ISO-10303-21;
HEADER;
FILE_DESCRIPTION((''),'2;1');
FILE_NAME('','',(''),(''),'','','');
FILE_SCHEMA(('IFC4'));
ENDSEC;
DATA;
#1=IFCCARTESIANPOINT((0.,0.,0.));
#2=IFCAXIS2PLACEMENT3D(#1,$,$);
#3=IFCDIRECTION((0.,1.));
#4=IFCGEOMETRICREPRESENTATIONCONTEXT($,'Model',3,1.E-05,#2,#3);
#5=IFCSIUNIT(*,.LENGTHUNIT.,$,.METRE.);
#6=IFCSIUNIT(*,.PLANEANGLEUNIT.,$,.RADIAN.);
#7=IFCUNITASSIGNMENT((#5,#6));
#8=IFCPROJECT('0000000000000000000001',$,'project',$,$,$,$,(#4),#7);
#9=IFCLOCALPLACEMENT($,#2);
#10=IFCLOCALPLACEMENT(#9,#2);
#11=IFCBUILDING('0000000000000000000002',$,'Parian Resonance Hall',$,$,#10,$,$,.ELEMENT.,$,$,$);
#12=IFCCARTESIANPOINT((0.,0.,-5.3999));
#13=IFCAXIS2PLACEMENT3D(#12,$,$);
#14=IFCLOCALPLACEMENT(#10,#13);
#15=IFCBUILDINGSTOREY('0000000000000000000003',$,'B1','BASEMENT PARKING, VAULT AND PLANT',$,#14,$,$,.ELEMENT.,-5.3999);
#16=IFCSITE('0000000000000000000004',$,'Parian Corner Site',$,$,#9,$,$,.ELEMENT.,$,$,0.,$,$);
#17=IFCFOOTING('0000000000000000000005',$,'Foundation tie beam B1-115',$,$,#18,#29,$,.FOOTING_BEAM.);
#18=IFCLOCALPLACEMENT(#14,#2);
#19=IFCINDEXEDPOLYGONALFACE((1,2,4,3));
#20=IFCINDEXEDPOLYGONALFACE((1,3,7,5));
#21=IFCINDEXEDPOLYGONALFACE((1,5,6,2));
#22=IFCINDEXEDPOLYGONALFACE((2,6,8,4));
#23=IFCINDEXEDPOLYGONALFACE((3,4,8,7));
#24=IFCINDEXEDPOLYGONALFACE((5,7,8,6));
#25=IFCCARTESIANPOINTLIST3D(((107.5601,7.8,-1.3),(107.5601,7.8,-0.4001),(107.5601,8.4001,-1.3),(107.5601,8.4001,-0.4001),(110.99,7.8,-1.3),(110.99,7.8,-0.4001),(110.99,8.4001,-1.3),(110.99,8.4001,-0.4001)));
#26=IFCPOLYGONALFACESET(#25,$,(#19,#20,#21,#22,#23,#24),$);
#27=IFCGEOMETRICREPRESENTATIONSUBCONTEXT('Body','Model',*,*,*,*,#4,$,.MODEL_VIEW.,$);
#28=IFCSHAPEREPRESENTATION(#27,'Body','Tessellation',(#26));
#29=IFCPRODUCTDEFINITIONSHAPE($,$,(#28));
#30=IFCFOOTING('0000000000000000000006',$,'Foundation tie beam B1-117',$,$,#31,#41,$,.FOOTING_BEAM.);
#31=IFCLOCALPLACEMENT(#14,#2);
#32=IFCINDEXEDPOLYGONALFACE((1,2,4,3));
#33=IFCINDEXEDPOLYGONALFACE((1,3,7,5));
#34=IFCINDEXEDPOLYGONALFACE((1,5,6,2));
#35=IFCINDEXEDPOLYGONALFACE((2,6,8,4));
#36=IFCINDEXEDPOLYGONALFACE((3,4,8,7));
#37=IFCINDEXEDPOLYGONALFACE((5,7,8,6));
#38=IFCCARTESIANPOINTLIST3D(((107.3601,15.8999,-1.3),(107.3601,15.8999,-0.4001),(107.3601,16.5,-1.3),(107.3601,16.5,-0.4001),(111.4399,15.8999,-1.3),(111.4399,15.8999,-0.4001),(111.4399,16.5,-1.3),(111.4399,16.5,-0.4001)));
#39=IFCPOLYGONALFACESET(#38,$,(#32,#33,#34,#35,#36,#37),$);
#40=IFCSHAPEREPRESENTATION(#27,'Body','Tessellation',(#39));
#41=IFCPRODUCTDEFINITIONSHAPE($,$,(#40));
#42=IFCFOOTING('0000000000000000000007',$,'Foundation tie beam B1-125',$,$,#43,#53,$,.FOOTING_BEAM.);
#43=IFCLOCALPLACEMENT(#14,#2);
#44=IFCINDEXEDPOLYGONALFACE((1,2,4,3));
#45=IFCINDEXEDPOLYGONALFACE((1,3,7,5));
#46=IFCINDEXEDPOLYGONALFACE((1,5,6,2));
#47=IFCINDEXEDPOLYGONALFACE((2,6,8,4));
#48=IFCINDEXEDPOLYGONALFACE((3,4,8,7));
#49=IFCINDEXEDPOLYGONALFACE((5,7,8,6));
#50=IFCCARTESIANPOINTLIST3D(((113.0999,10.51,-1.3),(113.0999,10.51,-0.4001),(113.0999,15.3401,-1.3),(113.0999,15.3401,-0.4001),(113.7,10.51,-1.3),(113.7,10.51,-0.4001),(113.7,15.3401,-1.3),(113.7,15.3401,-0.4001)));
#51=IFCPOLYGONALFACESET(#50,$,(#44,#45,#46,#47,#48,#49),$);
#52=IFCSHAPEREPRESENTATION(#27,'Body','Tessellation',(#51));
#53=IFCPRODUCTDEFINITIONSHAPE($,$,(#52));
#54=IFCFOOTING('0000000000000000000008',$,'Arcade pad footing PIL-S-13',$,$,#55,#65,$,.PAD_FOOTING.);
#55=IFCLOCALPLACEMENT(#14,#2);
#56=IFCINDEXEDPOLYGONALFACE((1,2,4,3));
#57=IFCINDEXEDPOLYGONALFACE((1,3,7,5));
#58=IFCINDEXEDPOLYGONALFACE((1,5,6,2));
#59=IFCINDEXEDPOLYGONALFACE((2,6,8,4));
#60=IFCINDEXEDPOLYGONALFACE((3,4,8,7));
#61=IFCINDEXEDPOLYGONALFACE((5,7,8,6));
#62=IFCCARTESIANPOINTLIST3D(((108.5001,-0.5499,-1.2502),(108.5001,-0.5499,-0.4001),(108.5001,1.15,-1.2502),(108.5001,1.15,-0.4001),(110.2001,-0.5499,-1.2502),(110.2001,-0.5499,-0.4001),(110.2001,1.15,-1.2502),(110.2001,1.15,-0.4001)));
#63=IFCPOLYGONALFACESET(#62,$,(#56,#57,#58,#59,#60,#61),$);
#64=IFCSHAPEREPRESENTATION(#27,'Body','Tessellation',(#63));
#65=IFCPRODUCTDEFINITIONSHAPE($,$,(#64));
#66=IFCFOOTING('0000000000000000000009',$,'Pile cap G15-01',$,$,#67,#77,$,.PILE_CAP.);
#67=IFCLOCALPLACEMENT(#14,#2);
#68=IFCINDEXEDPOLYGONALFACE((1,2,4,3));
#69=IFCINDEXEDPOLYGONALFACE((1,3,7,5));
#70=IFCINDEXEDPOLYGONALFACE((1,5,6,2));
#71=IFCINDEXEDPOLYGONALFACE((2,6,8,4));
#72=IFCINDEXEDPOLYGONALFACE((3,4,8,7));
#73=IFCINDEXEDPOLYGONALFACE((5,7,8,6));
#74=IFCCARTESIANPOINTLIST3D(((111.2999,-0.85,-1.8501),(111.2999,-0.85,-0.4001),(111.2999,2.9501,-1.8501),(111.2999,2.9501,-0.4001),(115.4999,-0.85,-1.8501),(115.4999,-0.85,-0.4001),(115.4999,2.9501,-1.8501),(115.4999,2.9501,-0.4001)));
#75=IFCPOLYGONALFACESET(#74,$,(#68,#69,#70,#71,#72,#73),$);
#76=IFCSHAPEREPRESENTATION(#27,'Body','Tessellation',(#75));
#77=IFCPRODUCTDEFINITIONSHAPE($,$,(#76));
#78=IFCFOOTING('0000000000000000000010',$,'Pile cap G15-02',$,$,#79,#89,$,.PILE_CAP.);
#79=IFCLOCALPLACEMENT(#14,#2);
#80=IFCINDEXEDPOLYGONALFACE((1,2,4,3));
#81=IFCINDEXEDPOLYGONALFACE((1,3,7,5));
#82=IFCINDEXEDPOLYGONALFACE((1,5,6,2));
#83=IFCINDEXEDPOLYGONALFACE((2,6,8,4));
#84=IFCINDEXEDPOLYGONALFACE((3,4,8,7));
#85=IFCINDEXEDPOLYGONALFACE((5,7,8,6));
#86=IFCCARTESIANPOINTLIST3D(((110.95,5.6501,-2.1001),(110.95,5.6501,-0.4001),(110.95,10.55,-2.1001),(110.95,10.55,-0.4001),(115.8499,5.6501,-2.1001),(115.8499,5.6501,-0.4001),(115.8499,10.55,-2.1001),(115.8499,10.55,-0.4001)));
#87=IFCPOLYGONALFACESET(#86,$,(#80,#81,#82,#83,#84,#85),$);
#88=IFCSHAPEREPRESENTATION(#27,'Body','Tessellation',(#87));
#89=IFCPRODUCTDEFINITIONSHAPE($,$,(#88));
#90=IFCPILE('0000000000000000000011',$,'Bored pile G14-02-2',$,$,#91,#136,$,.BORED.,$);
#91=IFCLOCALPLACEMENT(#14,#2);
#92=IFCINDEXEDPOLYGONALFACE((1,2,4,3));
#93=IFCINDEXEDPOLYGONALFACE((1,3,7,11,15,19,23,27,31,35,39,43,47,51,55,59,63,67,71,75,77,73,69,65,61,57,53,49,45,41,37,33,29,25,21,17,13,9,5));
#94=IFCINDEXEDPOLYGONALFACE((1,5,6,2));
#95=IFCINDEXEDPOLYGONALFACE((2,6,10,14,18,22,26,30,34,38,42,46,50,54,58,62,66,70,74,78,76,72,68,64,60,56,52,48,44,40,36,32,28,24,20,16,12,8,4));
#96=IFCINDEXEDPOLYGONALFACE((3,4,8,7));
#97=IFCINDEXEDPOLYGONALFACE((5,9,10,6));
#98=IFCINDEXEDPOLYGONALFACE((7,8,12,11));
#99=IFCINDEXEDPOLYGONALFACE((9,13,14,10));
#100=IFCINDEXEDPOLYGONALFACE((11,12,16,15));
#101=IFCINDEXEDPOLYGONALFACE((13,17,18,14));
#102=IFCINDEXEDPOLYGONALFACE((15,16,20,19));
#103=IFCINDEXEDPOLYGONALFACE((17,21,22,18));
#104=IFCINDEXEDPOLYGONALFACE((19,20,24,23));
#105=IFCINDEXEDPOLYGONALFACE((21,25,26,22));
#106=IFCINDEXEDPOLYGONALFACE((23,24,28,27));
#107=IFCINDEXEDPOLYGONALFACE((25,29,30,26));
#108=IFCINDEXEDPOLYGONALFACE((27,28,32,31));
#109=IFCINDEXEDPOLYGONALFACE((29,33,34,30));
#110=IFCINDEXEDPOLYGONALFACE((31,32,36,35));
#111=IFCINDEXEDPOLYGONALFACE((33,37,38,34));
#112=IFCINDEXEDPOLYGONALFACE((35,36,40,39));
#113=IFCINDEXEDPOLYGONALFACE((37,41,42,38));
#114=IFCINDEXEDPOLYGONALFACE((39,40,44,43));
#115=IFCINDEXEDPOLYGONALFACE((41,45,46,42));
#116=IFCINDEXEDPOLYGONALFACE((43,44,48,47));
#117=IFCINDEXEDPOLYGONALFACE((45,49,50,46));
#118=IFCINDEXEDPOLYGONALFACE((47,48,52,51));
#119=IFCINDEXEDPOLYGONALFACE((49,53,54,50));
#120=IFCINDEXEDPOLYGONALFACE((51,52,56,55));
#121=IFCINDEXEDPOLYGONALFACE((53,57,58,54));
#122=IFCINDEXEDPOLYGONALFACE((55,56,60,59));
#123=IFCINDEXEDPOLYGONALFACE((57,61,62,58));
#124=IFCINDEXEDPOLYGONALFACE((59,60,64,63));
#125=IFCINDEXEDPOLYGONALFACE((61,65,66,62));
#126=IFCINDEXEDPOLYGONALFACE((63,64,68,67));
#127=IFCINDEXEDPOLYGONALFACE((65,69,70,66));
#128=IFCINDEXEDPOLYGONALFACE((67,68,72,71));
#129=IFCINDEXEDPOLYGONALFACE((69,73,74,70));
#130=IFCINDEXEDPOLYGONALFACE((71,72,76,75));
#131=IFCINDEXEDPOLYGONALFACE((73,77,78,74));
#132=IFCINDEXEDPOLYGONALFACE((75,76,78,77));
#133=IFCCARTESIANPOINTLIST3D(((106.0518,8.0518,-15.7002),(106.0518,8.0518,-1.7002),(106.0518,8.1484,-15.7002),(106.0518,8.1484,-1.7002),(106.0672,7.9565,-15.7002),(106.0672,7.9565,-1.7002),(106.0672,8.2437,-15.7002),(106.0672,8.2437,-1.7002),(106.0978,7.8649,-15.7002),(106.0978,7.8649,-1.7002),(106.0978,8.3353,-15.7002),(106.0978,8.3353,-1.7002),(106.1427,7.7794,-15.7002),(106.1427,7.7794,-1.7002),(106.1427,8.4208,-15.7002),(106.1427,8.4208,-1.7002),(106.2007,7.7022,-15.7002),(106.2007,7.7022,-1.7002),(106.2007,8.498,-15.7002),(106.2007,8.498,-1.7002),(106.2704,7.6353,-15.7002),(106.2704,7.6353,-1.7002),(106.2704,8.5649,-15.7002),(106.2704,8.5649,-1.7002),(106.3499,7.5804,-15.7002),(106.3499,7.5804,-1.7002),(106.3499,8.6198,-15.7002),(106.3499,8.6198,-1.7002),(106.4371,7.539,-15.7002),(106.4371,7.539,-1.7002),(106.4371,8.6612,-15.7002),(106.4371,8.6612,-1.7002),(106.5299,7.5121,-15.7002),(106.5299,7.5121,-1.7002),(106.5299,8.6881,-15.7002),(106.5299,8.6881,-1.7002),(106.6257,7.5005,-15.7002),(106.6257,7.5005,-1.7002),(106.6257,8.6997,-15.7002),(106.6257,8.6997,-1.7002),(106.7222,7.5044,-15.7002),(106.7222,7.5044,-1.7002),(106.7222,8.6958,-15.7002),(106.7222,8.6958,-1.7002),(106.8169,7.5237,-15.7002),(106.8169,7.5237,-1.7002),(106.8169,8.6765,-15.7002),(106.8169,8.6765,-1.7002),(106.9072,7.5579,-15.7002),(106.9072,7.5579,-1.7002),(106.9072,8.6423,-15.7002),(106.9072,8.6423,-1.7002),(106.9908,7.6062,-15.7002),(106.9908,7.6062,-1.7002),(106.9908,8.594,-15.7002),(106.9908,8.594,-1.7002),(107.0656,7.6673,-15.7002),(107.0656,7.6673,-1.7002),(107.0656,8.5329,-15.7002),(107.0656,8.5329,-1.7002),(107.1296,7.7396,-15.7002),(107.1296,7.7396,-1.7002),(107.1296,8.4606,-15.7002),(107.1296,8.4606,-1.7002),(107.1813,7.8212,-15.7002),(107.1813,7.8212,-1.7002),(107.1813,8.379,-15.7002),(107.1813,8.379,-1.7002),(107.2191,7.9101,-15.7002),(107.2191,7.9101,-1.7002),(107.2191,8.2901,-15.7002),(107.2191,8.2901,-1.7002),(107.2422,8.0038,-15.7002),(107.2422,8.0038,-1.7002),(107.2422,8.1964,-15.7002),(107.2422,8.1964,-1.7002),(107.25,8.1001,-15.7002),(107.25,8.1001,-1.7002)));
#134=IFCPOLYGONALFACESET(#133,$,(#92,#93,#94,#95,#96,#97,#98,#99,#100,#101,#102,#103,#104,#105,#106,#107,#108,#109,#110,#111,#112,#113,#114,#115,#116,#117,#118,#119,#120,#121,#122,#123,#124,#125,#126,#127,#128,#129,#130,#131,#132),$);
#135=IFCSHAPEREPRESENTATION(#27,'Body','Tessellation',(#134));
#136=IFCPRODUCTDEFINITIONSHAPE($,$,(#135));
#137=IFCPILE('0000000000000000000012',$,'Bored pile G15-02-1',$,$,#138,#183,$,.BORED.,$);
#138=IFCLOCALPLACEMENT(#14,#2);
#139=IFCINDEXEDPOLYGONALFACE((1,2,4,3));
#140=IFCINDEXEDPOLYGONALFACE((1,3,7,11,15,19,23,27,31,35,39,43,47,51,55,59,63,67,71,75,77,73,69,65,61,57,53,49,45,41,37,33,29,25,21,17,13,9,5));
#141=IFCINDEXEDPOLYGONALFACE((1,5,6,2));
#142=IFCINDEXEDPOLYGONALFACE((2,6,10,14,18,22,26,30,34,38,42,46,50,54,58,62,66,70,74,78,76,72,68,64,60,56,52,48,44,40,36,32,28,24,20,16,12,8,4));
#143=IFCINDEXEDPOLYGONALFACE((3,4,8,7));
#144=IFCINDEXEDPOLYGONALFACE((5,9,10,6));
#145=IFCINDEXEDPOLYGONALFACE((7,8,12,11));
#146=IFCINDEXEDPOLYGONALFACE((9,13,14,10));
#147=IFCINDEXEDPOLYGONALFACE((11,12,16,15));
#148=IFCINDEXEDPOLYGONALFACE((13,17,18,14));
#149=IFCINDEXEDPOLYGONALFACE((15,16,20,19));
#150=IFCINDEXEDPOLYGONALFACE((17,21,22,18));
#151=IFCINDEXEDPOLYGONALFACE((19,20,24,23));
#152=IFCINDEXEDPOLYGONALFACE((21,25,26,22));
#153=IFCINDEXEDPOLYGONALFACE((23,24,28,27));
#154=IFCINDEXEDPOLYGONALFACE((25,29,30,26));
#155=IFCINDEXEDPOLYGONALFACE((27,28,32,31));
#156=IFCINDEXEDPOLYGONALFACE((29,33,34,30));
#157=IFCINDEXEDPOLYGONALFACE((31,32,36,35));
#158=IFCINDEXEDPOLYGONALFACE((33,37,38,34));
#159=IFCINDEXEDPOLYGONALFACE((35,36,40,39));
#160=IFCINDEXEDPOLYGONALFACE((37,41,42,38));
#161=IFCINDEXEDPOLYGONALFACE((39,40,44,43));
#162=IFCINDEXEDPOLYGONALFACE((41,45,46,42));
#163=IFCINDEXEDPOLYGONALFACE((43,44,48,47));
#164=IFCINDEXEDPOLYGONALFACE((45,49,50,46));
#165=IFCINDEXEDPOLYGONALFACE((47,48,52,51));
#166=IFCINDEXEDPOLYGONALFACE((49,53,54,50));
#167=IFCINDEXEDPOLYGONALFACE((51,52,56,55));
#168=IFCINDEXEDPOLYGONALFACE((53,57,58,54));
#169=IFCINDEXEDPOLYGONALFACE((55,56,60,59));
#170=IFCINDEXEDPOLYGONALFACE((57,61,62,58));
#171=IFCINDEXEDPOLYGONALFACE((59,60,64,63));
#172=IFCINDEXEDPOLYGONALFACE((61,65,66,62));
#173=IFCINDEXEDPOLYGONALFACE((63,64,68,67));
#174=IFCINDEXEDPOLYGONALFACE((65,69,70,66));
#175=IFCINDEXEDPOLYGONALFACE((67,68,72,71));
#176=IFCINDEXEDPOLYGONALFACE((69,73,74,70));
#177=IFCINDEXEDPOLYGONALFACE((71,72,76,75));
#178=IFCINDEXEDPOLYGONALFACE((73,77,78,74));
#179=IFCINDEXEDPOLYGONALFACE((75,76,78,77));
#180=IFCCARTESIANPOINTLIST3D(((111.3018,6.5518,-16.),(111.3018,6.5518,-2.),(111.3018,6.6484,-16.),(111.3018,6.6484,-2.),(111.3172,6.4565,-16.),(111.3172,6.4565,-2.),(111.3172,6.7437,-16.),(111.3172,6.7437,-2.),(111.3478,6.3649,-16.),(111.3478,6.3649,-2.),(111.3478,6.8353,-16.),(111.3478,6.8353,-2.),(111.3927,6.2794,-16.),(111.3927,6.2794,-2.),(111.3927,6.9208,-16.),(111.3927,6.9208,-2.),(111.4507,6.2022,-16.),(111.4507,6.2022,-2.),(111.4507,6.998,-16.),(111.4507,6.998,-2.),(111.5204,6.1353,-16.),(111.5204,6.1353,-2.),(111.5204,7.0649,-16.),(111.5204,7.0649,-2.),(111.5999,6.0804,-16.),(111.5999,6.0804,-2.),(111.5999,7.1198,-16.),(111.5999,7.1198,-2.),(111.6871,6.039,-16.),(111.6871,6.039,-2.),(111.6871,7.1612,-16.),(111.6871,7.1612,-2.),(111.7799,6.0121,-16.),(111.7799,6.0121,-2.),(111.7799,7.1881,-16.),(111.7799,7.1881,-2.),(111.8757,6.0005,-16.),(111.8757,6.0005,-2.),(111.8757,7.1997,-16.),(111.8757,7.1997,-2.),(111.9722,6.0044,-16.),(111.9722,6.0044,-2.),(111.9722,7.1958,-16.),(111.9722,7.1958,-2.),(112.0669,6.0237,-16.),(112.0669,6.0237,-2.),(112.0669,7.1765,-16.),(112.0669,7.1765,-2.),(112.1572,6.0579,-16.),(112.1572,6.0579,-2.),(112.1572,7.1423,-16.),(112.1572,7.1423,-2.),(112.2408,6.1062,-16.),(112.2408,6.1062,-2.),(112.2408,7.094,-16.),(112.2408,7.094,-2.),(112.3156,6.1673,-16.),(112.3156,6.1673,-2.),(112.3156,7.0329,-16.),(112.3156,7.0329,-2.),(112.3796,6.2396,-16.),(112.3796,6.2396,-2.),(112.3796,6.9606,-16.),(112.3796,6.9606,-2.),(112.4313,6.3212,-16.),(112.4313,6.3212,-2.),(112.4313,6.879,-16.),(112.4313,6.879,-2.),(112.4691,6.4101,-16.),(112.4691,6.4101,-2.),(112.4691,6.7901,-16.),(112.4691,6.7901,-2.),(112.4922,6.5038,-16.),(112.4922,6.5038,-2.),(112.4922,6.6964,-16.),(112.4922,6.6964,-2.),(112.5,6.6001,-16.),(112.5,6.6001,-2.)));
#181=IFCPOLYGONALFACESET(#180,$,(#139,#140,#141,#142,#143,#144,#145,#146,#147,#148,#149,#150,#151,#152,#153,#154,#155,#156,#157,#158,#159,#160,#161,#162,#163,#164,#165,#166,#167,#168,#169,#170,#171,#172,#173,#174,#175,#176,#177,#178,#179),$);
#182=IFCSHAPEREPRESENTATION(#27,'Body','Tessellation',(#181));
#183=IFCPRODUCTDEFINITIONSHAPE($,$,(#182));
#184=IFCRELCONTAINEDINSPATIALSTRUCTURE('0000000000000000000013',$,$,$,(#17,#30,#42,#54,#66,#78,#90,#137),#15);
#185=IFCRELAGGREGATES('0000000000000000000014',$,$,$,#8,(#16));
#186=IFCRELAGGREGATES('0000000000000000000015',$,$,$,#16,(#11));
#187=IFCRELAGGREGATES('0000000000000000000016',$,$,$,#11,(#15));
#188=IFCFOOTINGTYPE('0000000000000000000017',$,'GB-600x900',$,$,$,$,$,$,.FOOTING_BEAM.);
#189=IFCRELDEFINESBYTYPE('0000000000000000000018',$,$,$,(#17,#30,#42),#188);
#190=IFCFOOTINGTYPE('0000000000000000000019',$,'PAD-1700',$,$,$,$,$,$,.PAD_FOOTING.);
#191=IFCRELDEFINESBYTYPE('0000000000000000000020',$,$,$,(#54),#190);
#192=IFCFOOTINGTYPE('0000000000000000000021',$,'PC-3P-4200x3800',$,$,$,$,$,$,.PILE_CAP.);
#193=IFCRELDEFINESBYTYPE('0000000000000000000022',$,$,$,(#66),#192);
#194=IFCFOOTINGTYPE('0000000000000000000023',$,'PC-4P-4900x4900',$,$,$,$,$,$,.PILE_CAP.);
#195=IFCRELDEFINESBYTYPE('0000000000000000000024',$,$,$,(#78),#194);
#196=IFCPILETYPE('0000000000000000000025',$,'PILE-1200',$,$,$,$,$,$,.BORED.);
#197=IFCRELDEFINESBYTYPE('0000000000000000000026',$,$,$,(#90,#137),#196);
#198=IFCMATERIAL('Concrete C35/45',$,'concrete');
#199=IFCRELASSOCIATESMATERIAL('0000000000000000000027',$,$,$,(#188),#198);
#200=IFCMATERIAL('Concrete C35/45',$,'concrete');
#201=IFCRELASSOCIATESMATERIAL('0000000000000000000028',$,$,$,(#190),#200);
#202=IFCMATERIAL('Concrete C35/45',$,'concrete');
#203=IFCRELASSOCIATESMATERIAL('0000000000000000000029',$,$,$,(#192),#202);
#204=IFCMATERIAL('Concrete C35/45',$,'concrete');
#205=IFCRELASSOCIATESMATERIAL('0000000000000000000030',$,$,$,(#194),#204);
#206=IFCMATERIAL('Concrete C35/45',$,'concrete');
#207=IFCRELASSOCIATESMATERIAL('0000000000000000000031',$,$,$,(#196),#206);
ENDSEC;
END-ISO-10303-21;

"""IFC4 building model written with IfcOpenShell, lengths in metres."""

from ifc_helpers import new_model, si_unit, direction, frame, origin, origin_2d, place, context, subcontext, project, spatial, rectangle, circle, extrude, material, material_profile, profile_set, type_object, element, save


model = new_model("IFC4")

# Units and contexts
model_context = context("Model", 3, precision=1e-05, world=origin(), true_north=direction((0.0, 1.0)))
body_context = subcontext(model_context, "Body", "Model", "MODEL_VIEW")
ifc_project = project(units=[si_unit("LENGTHUNIT", "METRE"), si_unit("PLANEANGLEUNIT", "RADIAN")], contexts=[model_context])

# Site, building, storey
site_placement = place(None, origin())
site = spatial("IfcSite", under=ifc_project, at=site_placement, Name="Parian Corner Site", CompositionType="ELEMENT", RefElevation=0.0)
building_placement = place(site_placement, origin())
building = spatial("IfcBuilding", under=site, at=building_placement, Name="Parian Resonance Hall", CompositionType="ELEMENT")
storey_placement = place(building_placement, frame((0.0, 0.0, -5.3999)))
storey = spatial("IfcBuildingStorey", under=building, at=storey_placement, Name="B1", Description="BASEMENT PARKING, VAULT AND PLANT", CompositionType="ELEMENT", Elevation=-5.3999)

# Footings
ifc_material_1 = material(Name="Concrete C35/45", Category="concrete")
ifc_material_profile_1 = material_profile(ifc_material_1, rectangle(XDim=0.6001, YDim=0.8999, at=origin_2d()), Name="RC-GB-600x900")
ifc_profile_set_1 = profile_set([ifc_material_profile_1], Name="Concrete C35/45")
footing_type_1 = type_object("IfcFootingType", Name="GB-600x900", PredefinedType="FOOTING_BEAM", material=ifc_profile_set_1)
footing_1_placement = place(storey_placement, frame((107.5601, 8.1001, -0.8501), z_axis=(1.0, 0.0, 0.0), x_axis=(0.0, 1.0, 0.0)))
element("IfcFooting", 1, at=footing_1_placement, inside=storey, type_object=footing_type_1, Name="Foundation tie beam B1-115", PredefinedType="FOOTING_BEAM", context=body_context, shape_type="SweptSolid", body=[
    extrude(rectangle(XDim=0.6001, YDim=0.8999, at=origin_2d()), origin(), (0.0, 0.0, 1.0), 3.4299),
])
footing_2_placement = place(storey_placement, frame((107.3601, 16.2, -0.8501), z_axis=(1.0, 0.0, 0.0), x_axis=(0.0, 1.0, 0.0)))
element("IfcFooting", 2, at=footing_2_placement, inside=storey, type_object=footing_type_1, Name="Foundation tie beam B1-117", PredefinedType="FOOTING_BEAM", context=body_context, shape_type="SweptSolid", body=[
    extrude(rectangle(XDim=0.6001, YDim=0.8999, at=origin_2d()), origin(), (0.0, 0.0, 1.0), 4.0798),
])
footing_3_placement = place(storey_placement, frame((113.3999, 10.51, -0.8501), z_axis=(0.0, 1.0, 0.0), x_axis=(-1.0, 0.0, 0.0)))
element("IfcFooting", 3, at=footing_3_placement, inside=storey, type_object=footing_type_1, Name="Foundation tie beam B1-125", PredefinedType="FOOTING_BEAM", context=body_context, shape_type="SweptSolid", body=[
    extrude(rectangle(XDim=0.6001, YDim=0.8999, at=origin_2d()), origin(), (0.0, 0.0, 1.0), 4.8301),
])
ifc_material_2 = material(Name="Concrete C35/45", Category="concrete")
footing_type_2 = type_object("IfcFootingType", Name="PAD-1700", PredefinedType="PAD_FOOTING", material=ifc_material_2)
footing_4_placement = place(storey_placement, frame((109.3501, 0.3, -1.2502), z_axis=(0.0, 0.0, 1.0), x_axis=(1.0, 0.0, 0.0)))
element("IfcFooting", 4, at=footing_4_placement, inside=storey, type_object=footing_type_2, Name="Arcade pad footing PIL-S-13", PredefinedType="PAD_FOOTING", context=body_context, shape_type="SweptSolid", body=[
    extrude(rectangle(XDim=1.7, YDim=1.7, at=origin_2d()), origin(), (0.0, 0.0, 1.0), 0.8501),
])
ifc_material_3 = material(Name="Concrete C35/45", Category="concrete")
footing_type_3 = type_object("IfcFootingType", Name="PC-3P-4200x3800", PredefinedType="PILE_CAP", material=ifc_material_3)
footing_5_placement = place(storey_placement, frame((113.3999, 1.05, -1.8501), z_axis=(0.0, 0.0, 1.0), x_axis=(1.0, 0.0, 0.0)))
element("IfcFooting", 5, at=footing_5_placement, inside=storey, type_object=footing_type_3, Name="Pile cap G15-01", PredefinedType="PILE_CAP", context=body_context, shape_type="SweptSolid", body=[
    extrude(rectangle(XDim=4.2, YDim=3.8, at=origin_2d()), origin(), (0.0, 0.0, 1.0), 1.45),
])
ifc_material_4 = material(Name="Concrete C35/45", Category="concrete")
footing_type_4 = type_object("IfcFootingType", Name="PC-4P-4900x4900", PredefinedType="PILE_CAP", material=ifc_material_4)
footing_6_placement = place(storey_placement, frame((113.3999, 8.1001, -2.1001), z_axis=(0.0, 0.0, 1.0), x_axis=(1.0, 0.0, 0.0)))
element("IfcFooting", 6, at=footing_6_placement, inside=storey, type_object=footing_type_4, Name="Pile cap G15-02", PredefinedType="PILE_CAP", context=body_context, shape_type="SweptSolid", body=[
    extrude(rectangle(XDim=4.8999, YDim=4.8999, at=origin_2d()), origin(), (0.0, 0.0, 1.0), 1.7),
])

# Piles
ifc_material_5 = material(Name="Concrete C35/45", Category="concrete")
ifc_material_profile_2 = material_profile(ifc_material_5, circle(Radius=0.6001, at=origin_2d()), Name="PILE-D1200")
ifc_profile_set_2 = profile_set([ifc_material_profile_2], Name="Concrete C35/45")
pile_type_1 = type_object("IfcPileType", Name="PILE-1200", PredefinedType="BORED", material=ifc_profile_set_2)
for number, where, z_axis, x_axis, name in (
    (7, (106.6499, 8.1001, -1.7002), (0.0, 0.0, -1.0), (1.0, 0.0, 0.0), "Bored pile G14-02-2"),
    (8, (111.8999, 6.6001, -2.0), (0.0, 0.0, -1.0), (1.0, 0.0, 0.0), "Bored pile G15-02-1"),
):
    element("IfcPile", number, at=place(storey_placement, frame(where, z_axis=z_axis, x_axis=x_axis)), inside=storey, type_object=pile_type_1, Name=name, PredefinedType="BORED", context=body_context, shape_type="SweptSolid", body=[
        extrude(circle(Radius=0.6001, at=origin_2d()), origin(), (0.0, 0.0, 1.0), 14.0),
    ])

save(model, "model.ifc")
